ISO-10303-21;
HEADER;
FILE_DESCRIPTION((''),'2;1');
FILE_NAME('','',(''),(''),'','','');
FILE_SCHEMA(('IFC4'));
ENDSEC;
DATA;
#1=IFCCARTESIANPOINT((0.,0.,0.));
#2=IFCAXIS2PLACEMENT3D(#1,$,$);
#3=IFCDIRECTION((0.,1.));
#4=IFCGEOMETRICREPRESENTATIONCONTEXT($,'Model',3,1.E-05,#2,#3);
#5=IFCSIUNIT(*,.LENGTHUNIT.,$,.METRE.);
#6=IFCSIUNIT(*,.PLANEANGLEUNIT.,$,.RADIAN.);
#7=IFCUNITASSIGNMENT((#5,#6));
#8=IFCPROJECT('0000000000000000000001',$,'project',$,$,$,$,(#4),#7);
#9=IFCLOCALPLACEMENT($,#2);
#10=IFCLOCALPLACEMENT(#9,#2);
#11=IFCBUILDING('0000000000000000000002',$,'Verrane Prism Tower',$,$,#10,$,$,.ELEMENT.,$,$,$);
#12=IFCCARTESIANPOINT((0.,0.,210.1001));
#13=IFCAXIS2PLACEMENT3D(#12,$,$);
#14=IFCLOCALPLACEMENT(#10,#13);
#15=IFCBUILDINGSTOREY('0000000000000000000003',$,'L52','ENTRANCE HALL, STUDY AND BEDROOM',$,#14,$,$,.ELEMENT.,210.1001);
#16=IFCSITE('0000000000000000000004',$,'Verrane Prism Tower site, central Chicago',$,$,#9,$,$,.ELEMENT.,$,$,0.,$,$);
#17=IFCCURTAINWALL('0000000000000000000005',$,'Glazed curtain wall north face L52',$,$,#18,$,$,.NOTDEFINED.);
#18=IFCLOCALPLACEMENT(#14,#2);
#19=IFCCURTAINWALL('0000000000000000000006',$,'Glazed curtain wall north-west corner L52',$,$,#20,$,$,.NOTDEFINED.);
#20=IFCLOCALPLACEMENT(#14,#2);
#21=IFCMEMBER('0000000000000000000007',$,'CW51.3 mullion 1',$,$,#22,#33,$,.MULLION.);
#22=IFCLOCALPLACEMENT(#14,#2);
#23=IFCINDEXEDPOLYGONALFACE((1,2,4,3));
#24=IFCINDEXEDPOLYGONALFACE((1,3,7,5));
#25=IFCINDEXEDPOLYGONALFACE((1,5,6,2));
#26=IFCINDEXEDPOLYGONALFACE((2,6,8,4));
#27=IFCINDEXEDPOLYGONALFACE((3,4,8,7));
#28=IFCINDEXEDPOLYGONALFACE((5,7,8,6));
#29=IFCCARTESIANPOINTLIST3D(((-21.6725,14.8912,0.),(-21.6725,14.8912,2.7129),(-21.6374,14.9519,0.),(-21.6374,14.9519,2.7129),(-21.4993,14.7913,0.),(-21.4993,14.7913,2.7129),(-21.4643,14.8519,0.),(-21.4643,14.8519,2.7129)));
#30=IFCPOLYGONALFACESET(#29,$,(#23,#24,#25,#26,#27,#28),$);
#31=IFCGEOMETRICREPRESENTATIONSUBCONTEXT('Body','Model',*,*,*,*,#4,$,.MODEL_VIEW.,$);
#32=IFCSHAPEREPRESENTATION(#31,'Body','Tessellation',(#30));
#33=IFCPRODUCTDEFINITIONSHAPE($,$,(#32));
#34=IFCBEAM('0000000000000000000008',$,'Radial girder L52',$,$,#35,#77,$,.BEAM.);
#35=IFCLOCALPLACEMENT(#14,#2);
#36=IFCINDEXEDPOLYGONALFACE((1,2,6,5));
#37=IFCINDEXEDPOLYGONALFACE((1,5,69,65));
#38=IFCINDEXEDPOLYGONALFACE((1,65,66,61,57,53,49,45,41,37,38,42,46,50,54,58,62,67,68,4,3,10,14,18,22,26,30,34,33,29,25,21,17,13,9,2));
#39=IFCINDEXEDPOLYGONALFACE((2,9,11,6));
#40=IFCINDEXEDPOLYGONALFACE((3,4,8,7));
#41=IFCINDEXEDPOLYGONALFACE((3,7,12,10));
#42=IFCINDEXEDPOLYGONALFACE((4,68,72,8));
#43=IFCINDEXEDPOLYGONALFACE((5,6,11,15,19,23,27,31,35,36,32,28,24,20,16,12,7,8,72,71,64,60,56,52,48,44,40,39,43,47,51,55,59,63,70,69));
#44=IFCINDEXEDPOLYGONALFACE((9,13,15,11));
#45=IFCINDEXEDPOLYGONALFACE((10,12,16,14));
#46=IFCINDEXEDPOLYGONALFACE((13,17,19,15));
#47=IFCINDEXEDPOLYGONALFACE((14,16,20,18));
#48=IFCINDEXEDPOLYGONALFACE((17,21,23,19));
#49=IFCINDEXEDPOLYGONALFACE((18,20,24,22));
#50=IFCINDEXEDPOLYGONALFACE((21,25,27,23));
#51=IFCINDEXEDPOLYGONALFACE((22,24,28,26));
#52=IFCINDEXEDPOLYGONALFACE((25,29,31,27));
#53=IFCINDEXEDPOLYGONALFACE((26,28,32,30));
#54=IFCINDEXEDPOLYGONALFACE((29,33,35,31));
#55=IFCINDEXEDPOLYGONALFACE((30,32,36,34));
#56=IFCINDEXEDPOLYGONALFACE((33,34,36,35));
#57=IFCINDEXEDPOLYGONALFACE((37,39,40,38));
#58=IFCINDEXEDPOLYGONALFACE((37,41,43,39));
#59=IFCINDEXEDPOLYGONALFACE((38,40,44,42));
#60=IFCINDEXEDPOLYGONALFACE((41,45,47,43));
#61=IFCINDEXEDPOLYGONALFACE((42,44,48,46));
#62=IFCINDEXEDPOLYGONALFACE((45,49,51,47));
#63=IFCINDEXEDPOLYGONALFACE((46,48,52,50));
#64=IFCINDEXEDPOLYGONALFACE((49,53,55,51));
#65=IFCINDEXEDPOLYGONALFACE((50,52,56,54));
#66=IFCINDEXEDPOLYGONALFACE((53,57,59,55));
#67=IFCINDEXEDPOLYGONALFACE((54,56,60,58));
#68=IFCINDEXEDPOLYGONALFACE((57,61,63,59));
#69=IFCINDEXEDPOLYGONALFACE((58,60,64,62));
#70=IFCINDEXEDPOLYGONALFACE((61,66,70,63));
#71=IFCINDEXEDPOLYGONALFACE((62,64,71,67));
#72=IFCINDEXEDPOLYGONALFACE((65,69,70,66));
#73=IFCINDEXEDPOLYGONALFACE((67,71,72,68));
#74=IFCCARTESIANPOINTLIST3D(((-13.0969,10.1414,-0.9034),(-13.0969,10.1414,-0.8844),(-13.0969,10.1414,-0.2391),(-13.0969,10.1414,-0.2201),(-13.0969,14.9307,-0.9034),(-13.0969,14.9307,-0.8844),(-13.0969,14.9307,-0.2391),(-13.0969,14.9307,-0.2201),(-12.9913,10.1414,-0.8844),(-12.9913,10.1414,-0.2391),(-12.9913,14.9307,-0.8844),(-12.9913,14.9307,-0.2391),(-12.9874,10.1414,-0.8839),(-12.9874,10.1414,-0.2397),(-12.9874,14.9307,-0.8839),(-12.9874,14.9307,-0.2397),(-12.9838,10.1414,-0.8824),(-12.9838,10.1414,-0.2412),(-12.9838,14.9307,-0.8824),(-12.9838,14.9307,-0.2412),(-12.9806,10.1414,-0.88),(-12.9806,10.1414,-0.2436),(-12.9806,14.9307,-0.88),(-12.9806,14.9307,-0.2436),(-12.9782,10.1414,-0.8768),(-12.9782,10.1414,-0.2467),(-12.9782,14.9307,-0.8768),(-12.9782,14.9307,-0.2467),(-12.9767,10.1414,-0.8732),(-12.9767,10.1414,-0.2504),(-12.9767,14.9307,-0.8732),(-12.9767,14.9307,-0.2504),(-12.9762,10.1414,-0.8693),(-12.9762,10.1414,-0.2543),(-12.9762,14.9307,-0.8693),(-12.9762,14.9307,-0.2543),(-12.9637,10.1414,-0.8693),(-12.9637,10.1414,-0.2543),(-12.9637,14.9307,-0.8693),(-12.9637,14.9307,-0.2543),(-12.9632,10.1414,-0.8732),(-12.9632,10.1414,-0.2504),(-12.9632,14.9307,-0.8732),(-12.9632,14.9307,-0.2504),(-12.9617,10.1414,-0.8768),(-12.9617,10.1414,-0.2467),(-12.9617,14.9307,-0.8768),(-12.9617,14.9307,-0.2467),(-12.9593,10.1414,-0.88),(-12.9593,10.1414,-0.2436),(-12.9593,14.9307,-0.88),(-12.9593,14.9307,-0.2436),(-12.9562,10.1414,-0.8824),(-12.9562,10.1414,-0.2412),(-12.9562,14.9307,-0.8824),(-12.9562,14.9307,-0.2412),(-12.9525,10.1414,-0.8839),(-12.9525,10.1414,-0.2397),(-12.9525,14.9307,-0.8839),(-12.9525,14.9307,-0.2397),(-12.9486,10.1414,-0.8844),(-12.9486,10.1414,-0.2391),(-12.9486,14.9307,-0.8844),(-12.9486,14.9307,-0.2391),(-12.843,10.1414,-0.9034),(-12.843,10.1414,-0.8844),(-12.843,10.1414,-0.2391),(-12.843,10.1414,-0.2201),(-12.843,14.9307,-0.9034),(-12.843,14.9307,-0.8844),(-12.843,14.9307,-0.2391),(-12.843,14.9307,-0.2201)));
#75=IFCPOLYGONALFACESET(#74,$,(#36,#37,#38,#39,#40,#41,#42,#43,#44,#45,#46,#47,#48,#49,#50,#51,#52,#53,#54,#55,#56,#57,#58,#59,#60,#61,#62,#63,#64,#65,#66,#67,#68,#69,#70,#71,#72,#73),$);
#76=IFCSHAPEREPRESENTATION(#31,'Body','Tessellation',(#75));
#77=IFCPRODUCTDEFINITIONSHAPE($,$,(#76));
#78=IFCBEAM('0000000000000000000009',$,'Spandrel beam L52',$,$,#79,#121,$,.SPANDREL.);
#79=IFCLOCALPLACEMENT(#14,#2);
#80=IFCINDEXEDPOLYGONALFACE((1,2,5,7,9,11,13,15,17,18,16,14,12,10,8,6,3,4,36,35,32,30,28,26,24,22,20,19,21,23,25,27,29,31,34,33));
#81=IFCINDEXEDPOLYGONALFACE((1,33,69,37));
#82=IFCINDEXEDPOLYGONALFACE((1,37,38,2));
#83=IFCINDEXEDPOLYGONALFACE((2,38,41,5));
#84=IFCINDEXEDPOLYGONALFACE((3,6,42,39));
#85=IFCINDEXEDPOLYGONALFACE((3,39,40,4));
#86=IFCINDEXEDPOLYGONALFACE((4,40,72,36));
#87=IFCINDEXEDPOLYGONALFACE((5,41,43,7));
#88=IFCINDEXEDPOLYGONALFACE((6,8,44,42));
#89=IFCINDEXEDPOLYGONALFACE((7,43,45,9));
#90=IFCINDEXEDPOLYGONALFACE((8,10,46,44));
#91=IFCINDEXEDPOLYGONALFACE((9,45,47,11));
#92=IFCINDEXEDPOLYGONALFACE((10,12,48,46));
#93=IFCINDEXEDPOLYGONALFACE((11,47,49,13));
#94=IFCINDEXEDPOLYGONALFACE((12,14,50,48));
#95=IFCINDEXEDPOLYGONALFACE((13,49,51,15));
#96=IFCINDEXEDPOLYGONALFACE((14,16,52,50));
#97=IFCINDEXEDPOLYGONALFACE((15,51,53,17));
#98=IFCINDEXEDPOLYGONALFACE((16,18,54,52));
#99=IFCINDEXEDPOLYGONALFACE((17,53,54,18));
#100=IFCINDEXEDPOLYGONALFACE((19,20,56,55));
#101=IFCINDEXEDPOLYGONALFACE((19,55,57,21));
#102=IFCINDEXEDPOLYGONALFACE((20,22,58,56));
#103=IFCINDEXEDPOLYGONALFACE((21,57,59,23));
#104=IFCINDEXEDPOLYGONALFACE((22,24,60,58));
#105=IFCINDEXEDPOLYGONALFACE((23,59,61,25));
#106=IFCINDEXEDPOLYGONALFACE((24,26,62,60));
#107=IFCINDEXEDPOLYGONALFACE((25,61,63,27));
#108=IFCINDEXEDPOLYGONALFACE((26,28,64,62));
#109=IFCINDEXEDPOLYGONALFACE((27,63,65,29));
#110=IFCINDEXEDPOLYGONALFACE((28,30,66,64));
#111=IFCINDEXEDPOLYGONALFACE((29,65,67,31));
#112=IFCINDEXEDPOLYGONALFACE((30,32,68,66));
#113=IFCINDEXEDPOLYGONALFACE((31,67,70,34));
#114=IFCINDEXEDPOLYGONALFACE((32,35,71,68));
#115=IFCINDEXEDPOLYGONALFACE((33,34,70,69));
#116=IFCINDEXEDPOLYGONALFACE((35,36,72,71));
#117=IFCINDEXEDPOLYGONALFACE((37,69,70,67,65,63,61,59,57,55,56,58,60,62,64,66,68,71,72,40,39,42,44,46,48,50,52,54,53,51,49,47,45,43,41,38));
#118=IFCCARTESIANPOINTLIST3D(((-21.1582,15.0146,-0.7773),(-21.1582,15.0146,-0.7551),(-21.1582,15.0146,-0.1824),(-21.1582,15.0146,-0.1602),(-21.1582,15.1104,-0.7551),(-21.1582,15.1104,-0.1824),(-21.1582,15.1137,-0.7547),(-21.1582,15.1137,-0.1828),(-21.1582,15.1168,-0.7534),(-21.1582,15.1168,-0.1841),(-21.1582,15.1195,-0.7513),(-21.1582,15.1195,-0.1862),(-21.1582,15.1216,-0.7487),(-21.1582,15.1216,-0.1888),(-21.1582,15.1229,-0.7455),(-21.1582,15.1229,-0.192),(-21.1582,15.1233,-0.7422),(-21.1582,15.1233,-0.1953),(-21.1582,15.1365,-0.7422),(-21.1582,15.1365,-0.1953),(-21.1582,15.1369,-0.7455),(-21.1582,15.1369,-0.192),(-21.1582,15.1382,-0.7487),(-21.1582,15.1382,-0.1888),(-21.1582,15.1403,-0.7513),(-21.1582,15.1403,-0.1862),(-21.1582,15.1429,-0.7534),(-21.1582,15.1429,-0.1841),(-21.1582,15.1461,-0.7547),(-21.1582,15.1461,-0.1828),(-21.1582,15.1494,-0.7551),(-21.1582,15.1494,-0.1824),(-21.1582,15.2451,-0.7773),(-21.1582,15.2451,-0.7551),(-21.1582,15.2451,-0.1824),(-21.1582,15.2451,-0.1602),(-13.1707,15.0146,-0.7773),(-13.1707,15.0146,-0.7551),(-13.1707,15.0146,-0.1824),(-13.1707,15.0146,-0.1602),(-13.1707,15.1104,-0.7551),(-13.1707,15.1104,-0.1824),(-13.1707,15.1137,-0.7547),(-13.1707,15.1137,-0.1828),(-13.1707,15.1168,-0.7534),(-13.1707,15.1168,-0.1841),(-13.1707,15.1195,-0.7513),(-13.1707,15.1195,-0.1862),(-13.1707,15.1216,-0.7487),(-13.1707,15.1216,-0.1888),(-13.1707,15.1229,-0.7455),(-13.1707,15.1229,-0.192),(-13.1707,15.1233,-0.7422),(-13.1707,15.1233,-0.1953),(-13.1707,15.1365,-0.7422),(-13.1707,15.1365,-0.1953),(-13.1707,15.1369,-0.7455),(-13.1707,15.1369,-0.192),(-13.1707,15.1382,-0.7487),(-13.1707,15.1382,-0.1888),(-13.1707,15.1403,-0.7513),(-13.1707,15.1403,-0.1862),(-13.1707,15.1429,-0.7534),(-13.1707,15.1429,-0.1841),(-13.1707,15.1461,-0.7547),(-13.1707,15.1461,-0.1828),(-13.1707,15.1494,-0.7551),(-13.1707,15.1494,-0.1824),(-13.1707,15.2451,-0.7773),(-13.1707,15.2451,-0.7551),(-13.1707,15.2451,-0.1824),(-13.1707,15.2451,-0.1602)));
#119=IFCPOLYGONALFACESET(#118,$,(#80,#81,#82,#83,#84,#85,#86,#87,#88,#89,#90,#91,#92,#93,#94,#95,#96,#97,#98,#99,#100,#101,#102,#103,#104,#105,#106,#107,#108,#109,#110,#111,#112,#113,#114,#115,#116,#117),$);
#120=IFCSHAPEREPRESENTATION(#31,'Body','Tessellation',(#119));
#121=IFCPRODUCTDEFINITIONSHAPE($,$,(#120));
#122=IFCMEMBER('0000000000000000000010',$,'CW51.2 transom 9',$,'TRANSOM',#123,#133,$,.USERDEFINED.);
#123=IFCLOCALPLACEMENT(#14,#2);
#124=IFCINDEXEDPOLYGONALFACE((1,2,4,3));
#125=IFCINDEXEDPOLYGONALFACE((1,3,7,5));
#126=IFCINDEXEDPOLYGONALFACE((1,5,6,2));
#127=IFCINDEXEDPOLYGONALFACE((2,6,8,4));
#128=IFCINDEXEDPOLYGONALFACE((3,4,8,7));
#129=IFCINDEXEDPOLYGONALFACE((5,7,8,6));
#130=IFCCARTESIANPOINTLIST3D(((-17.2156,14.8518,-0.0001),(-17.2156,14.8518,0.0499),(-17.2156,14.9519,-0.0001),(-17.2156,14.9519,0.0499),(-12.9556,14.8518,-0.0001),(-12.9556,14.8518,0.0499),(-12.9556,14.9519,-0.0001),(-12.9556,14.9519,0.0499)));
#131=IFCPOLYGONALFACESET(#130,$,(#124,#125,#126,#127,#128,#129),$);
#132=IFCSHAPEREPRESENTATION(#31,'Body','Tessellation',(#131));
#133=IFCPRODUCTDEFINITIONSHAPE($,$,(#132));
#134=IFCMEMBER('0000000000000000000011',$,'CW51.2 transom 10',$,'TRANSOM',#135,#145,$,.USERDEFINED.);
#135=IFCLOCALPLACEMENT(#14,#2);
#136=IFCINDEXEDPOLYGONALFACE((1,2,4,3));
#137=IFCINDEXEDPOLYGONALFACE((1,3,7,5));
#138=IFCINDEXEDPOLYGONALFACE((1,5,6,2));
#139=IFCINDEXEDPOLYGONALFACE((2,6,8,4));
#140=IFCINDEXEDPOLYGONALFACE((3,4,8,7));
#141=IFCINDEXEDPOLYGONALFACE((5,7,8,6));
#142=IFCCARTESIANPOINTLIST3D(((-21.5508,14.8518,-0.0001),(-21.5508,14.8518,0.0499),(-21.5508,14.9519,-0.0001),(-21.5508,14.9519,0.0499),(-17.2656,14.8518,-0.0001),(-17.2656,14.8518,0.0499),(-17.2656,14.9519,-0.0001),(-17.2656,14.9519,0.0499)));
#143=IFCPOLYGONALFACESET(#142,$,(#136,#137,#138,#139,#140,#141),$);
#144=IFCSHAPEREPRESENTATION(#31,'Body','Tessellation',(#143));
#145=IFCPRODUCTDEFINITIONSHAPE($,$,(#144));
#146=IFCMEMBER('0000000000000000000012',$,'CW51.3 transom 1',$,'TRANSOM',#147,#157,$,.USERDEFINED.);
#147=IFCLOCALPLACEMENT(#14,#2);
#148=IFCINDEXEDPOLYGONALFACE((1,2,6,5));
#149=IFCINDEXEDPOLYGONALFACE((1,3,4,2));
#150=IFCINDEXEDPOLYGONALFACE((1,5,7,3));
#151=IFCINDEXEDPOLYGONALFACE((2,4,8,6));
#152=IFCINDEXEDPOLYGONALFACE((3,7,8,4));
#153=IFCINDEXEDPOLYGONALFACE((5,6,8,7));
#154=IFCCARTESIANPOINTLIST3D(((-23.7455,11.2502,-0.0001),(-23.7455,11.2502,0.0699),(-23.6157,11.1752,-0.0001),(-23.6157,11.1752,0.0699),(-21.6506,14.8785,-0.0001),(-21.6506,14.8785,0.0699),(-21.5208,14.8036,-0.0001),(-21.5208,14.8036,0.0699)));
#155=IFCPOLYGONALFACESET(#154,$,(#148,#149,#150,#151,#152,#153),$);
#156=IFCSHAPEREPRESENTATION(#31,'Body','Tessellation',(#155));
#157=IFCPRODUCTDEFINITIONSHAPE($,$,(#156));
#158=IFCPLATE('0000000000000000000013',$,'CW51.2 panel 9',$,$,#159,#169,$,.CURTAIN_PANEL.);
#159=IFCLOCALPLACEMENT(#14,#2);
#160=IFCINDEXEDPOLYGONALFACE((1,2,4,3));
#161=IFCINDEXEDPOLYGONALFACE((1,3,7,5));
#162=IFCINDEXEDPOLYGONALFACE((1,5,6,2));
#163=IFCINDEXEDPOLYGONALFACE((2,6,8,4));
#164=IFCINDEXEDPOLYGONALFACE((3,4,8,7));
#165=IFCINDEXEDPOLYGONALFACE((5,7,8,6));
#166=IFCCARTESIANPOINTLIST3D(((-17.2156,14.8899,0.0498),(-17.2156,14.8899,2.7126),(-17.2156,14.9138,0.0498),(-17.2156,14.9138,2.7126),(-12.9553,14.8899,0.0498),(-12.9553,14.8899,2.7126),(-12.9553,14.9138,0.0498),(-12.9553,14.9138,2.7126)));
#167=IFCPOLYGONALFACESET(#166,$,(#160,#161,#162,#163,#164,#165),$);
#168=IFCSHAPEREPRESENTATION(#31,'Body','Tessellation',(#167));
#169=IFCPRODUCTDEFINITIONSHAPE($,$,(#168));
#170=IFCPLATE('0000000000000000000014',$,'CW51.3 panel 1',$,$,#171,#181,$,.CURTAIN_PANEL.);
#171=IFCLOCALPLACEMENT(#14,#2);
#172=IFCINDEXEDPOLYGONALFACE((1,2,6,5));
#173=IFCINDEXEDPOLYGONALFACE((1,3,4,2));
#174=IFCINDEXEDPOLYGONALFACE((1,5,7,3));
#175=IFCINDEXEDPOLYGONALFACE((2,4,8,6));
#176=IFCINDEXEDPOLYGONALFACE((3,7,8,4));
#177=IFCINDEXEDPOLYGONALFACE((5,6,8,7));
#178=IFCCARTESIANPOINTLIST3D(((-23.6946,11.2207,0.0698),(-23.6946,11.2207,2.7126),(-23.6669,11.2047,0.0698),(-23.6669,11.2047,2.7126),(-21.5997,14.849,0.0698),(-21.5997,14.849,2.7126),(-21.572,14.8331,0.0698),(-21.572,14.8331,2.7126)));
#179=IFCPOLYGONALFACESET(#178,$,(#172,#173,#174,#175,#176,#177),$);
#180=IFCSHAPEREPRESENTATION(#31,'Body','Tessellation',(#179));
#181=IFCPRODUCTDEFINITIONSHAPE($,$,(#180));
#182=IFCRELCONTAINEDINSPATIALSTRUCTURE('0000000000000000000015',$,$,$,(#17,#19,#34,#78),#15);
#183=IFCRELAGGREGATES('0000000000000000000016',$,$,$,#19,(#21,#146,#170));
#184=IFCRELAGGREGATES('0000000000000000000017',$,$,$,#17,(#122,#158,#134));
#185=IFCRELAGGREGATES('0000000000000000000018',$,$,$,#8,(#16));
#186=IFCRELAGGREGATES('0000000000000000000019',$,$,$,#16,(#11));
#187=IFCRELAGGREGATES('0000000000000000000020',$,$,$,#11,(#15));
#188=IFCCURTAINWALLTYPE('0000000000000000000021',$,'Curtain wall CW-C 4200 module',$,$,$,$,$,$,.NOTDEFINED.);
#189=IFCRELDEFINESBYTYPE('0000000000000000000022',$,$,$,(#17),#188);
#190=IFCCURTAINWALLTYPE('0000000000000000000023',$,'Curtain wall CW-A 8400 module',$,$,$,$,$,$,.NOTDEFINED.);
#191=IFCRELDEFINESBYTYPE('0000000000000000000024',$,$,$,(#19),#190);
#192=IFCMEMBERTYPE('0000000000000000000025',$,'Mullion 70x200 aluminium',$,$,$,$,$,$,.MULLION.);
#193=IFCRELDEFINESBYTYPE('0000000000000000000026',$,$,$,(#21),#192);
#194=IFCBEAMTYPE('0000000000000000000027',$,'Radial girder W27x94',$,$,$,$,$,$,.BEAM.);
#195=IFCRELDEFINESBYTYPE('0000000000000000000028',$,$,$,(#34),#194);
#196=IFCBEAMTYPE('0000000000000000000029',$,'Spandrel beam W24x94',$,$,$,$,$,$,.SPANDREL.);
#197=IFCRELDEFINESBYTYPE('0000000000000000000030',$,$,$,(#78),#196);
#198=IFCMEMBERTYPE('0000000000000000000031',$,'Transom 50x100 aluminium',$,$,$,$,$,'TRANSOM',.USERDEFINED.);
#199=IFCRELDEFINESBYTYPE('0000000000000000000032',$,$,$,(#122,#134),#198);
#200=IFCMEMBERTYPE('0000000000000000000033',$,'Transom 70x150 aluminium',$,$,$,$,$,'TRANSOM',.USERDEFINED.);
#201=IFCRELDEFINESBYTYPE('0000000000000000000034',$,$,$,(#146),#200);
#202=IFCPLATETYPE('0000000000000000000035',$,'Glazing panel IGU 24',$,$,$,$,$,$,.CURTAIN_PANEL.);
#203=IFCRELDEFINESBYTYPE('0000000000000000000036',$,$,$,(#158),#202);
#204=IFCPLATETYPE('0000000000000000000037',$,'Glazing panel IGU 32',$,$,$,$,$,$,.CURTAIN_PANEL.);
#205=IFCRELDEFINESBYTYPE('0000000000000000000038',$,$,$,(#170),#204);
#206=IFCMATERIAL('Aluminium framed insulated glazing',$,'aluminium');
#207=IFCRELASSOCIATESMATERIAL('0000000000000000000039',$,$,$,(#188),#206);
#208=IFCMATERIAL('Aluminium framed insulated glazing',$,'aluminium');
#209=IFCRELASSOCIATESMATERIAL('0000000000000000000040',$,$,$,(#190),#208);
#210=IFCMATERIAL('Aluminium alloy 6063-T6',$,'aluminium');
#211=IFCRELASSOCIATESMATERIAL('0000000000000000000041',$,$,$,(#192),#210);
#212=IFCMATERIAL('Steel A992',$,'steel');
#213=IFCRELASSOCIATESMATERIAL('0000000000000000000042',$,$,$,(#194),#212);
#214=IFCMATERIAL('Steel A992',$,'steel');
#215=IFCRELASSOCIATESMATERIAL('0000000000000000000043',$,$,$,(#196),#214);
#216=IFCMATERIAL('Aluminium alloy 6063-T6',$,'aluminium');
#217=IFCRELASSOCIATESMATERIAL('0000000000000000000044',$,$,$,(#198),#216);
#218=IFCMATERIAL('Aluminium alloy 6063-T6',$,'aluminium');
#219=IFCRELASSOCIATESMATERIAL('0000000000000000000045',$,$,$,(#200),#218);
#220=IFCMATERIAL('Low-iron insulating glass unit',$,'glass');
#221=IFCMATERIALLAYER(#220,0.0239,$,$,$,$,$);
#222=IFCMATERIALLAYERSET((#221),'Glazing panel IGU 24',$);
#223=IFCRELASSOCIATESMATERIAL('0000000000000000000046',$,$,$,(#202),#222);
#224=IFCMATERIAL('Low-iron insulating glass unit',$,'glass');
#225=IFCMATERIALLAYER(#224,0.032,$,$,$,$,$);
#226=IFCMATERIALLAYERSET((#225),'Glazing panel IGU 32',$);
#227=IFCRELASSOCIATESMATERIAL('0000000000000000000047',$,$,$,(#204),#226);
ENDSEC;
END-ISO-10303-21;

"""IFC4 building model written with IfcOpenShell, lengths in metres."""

from ifc_helpers import new_model, si_unit, direction, frame, origin, origin_2d, place, context, subcontext, project, spatial, rectangle, i_section, extrude, material, layer, layer_set, material_profile, profile_set, type_object, element, aggregate, save


model = new_model("IFC4")

# Units and contexts
model_context = context("Model", 3, precision=1e-05, world=origin(), true_north=direction((0.0, 1.0)))
body_context = subcontext(model_context, "Body", "Model", "MODEL_VIEW")
ifc_project = project(units=[si_unit("LENGTHUNIT", "METRE"), si_unit("PLANEANGLEUNIT", "RADIAN")], contexts=[model_context])

# Site, building, storey
site_placement = place(None, origin())
site = spatial("IfcSite", under=ifc_project, at=site_placement, Name="Verrane Prism Tower site, central Chicago", CompositionType="ELEMENT", RefElevation=0.0)
building_placement = place(site_placement, origin())
building = spatial("IfcBuilding", under=site, at=building_placement, Name="Verrane Prism Tower", CompositionType="ELEMENT")
storey_placement = place(building_placement, frame((0.0, 0.0, 210.1001)))
storey = spatial("IfcBuildingStorey", under=building, at=storey_placement, Name="L52", Description="ENTRANCE HALL, STUDY AND BEDROOM", CompositionType="ELEMENT", Elevation=210.1001)

# Curtain wall
ifc_material_1 = material(Name="Aluminium framed insulated glazing", Category="aluminium")
curtain_wall_type_1 = type_object("IfcCurtainWallType", Name="Curtain wall CW-C 4200 module", PredefinedType="NOTDEFINED", material=ifc_material_1)
curtain_wall_1_placement = place(storey_placement, origin())
curtain_wall_1 = element("IfcCurtainWall", 1, at=curtain_wall_1_placement, inside=storey, type_object=curtain_wall_type_1, Name="Glazed curtain wall north face L52", PredefinedType="NOTDEFINED")

# Curtain wall, member
ifc_material_2 = material(Name="Aluminium framed insulated glazing", Category="aluminium")
curtain_wall_type_2 = type_object("IfcCurtainWallType", Name="Curtain wall CW-A 8400 module", PredefinedType="NOTDEFINED", material=ifc_material_2)
curtain_wall_2_placement = place(storey_placement, origin())
curtain_wall_2 = element("IfcCurtainWall", 2, at=curtain_wall_2_placement, inside=storey, type_object=curtain_wall_type_2, Name="Glazed curtain wall north-west corner L52", PredefinedType="NOTDEFINED")
ifc_material_3 = material(Name="Aluminium alloy 6063-T6", Category="aluminium")
ifc_material_profile_1 = material_profile(ifc_material_3, rectangle(XDim=0.2, YDim=0.0701, at=origin_2d()), Name="Mullion 70x200 aluminium")
ifc_profile_set_1 = profile_set([ifc_material_profile_1], Name="Aluminium alloy 6063-T6")
member_type_1 = type_object("IfcMemberType", Name="Mullion 70x200 aluminium", PredefinedType="MULLION", material=ifc_profile_set_1)
member_1_placement = place(storey_placement, frame((-21.5684, 14.8716, 0.0), z_axis=(0.0, 0.0, 1.0), x_axis=(0.866026, -0.499999, 0.0)))
member_1 = element("IfcMember", 3, at=member_1_placement, type_object=member_type_1, Name="CW51.3 mullion 1", PredefinedType="MULLION", context=body_context, shape_type="SweptSolid", body=[
    extrude(rectangle(XDim=0.2, YDim=0.0701, at=origin_2d()), origin(), (0.0, 0.0, 1.0), 2.7129),
])

# Beams
ifc_material_4 = material(Name="Steel A992", Category="steel")
ifc_material_profile_2 = material_profile(ifc_material_4, i_section(OverallWidth=0.2539, OverallDepth=0.6833, WebThickness=0.0125, FlangeThickness=0.019, FilletRadius=0.0151, at=origin_2d()), Name="W27x94")
ifc_profile_set_2 = profile_set([ifc_material_profile_2], Name="Steel A992")
beam_type_1 = type_object("IfcBeamType", Name="Radial girder W27x94", PredefinedType="BEAM", material=ifc_profile_set_2)
beam_1_placement = place(storey_placement, frame((-12.97, 14.9307, -0.5618), z_axis=(0.0, -1.0, 0.0), x_axis=(1.0, 0.0, 0.0)))
element("IfcBeam", 4, at=beam_1_placement, inside=storey, type_object=beam_type_1, Name="Radial girder L52", PredefinedType="BEAM", context=body_context, shape_type="SweptSolid", body=[
    extrude(i_section(OverallWidth=0.2539, OverallDepth=0.6833, WebThickness=0.0125, FlangeThickness=0.019, FilletRadius=0.0151, at=origin_2d()), origin(), (0.0, 0.0, 1.0), 4.7893),
])
ifc_material_5 = material(Name="Steel A992", Category="steel")
ifc_material_profile_3 = material_profile(ifc_material_5, i_section(OverallWidth=0.2305, OverallDepth=0.6172, WebThickness=0.0132, FlangeThickness=0.0222, FilletRadius=0.0129, at=origin_2d()), Name="W24x94")
ifc_profile_set_3 = profile_set([ifc_material_profile_3], Name="Steel A992")
beam_type_2 = type_object("IfcBeamType", Name="Spandrel beam W24x94", PredefinedType="SPANDREL", material=ifc_profile_set_3)
beam_2_placement = place(storey_placement, frame((-13.1707, 15.1299, -0.4688), z_axis=(-1.0, 0.0, 0.0), x_axis=(0.0, -1.0, 0.0)))
element("IfcBeam", 5, at=beam_2_placement, inside=storey, type_object=beam_type_2, Name="Spandrel beam L52", PredefinedType="SPANDREL", context=body_context, shape_type="SweptSolid", body=[
    extrude(i_section(OverallWidth=0.2305, OverallDepth=0.6172, WebThickness=0.0132, FlangeThickness=0.0222, FilletRadius=0.0129, at=origin_2d()), origin(), (0.0, 0.0, 1.0), 7.9875),
])

# Members
ifc_material_6 = material(Name="Aluminium alloy 6063-T6", Category="aluminium")
ifc_material_profile_4 = material_profile(ifc_material_6, rectangle(XDim=0.1001, YDim=0.05, at=origin_2d()), Name="Transom 50x100 aluminium")
ifc_profile_set_4 = profile_set([ifc_material_profile_4], Name="Aluminium alloy 6063-T6")
member_type_2 = type_object("IfcMemberType", Name="Transom 50x100 aluminium", ElementType="TRANSOM", PredefinedType="USERDEFINED", material=ifc_profile_set_4)
member_2_placement = place(storey_placement, frame((-12.9556, 14.9019, 0.0249), z_axis=(-1.0, 0.0, 0.0), x_axis=(0.0, -1.0, 0.0)))
member_2 = element("IfcMember", 6, at=member_2_placement, type_object=member_type_2, Name="CW51.2 transom 9", ObjectType="TRANSOM", PredefinedType="USERDEFINED", context=body_context, shape_type="SweptSolid", body=[
    extrude(rectangle(XDim=0.1001, YDim=0.05, at=origin_2d()), origin(), (0.0, 0.0, 1.0), 4.26),
])
member_3_placement = place(storey_placement, frame((-17.2656, 14.9019, 0.0249), z_axis=(-1.0, 0.0, 0.0), x_axis=(0.0, -1.0, 0.0)))
member_3 = element("IfcMember", 7, at=member_3_placement, type_object=member_type_2, Name="CW51.2 transom 10", ObjectType="TRANSOM", PredefinedType="USERDEFINED", context=body_context, shape_type="SweptSolid", body=[
    extrude(rectangle(XDim=0.1001, YDim=0.05, at=origin_2d()), origin(), (0.0, 0.0, 1.0), 4.2852),
])
ifc_material_7 = material(Name="Aluminium alloy 6063-T6", Category="aluminium")
ifc_material_profile_5 = material_profile(ifc_material_7, rectangle(XDim=0.1499, YDim=0.0701, at=origin_2d()), Name="Transom 70x150 aluminium")
ifc_profile_set_5 = profile_set([ifc_material_profile_5], Name="Aluminium alloy 6063-T6")
member_type_3 = type_object("IfcMemberType", Name="Transom 70x150 aluminium", ElementType="TRANSOM", PredefinedType="USERDEFINED", material=ifc_profile_set_5)
member_4_placement = place(storey_placement, frame((-21.5857, 14.8411, 0.0349), z_axis=(-0.500018, -0.866015, 0.0), x_axis=(0.866015, -0.500018, 0.0)))
member_4 = element("IfcMember", 8, at=member_4_placement, type_object=member_type_3, Name="CW51.3 transom 1", ObjectType="TRANSOM", PredefinedType="USERDEFINED", context=body_context, shape_type="SweptSolid", body=[
    extrude(rectangle(XDim=0.1499, YDim=0.0701, at=origin_2d()), origin(), (0.0, 0.0, 1.0), 4.1897),
])

# Plates
ifc_material_8 = material(Name="Low-iron insulating glass unit", Category="glass")
ifc_layer_1 = layer(ifc_material_8, 0.0239)
ifc_layer_set_1 = layer_set([ifc_layer_1], Name="Glazing panel IGU 24")
plate_type_1 = type_object("IfcPlateType", Name="Glazing panel IGU 24", PredefinedType="CURTAIN_PANEL", material=ifc_layer_set_1)
plate_1_placement = place(storey_placement, frame((-15.0854, 14.9019, 0.0498), z_axis=(0.0, 0.0, 1.0), x_axis=(-1.0, 0.0, 0.0)))
plate_1 = element("IfcPlate", 9, at=plate_1_placement, type_object=plate_type_1, Name="CW51.2 panel 9", PredefinedType="CURTAIN_PANEL", context=body_context, shape_type="SweptSolid", body=[
    extrude(rectangle(XDim=4.2603, YDim=0.0239, at=origin_2d()), origin(), (0.0, 0.0, 1.0), 2.6628),
])
ifc_material_9 = material(Name="Low-iron insulating glass unit", Category="glass")
ifc_layer_2 = layer(ifc_material_9, 0.032)
ifc_layer_set_2 = layer_set([ifc_layer_2], Name="Glazing panel IGU 32")
plate_type_2 = type_object("IfcPlateType", Name="Glazing panel IGU 32", PredefinedType="CURTAIN_PANEL", material=ifc_layer_set_2)
plate_2_placement = place(storey_placement, frame((-22.6333, 13.0269, 0.0698), z_axis=(0.0, 0.0, 1.0), x_axis=(-0.499999, -0.866026, 0.0)))
plate_2 = element("IfcPlate", 10, at=plate_2_placement, type_object=plate_type_2, Name="CW51.3 panel 1", PredefinedType="CURTAIN_PANEL", context=body_context, shape_type="SweptSolid", body=[
    extrude(rectangle(XDim=4.1897, YDim=0.032, at=origin_2d()), origin(), (0.0, 0.0, 1.0), 2.6428),
])
aggregate(curtain_wall_2, [member_1, member_4, plate_2])
aggregate(curtain_wall_1, [member_2, plate_1, member_3])

save(model, "model.ifc")
